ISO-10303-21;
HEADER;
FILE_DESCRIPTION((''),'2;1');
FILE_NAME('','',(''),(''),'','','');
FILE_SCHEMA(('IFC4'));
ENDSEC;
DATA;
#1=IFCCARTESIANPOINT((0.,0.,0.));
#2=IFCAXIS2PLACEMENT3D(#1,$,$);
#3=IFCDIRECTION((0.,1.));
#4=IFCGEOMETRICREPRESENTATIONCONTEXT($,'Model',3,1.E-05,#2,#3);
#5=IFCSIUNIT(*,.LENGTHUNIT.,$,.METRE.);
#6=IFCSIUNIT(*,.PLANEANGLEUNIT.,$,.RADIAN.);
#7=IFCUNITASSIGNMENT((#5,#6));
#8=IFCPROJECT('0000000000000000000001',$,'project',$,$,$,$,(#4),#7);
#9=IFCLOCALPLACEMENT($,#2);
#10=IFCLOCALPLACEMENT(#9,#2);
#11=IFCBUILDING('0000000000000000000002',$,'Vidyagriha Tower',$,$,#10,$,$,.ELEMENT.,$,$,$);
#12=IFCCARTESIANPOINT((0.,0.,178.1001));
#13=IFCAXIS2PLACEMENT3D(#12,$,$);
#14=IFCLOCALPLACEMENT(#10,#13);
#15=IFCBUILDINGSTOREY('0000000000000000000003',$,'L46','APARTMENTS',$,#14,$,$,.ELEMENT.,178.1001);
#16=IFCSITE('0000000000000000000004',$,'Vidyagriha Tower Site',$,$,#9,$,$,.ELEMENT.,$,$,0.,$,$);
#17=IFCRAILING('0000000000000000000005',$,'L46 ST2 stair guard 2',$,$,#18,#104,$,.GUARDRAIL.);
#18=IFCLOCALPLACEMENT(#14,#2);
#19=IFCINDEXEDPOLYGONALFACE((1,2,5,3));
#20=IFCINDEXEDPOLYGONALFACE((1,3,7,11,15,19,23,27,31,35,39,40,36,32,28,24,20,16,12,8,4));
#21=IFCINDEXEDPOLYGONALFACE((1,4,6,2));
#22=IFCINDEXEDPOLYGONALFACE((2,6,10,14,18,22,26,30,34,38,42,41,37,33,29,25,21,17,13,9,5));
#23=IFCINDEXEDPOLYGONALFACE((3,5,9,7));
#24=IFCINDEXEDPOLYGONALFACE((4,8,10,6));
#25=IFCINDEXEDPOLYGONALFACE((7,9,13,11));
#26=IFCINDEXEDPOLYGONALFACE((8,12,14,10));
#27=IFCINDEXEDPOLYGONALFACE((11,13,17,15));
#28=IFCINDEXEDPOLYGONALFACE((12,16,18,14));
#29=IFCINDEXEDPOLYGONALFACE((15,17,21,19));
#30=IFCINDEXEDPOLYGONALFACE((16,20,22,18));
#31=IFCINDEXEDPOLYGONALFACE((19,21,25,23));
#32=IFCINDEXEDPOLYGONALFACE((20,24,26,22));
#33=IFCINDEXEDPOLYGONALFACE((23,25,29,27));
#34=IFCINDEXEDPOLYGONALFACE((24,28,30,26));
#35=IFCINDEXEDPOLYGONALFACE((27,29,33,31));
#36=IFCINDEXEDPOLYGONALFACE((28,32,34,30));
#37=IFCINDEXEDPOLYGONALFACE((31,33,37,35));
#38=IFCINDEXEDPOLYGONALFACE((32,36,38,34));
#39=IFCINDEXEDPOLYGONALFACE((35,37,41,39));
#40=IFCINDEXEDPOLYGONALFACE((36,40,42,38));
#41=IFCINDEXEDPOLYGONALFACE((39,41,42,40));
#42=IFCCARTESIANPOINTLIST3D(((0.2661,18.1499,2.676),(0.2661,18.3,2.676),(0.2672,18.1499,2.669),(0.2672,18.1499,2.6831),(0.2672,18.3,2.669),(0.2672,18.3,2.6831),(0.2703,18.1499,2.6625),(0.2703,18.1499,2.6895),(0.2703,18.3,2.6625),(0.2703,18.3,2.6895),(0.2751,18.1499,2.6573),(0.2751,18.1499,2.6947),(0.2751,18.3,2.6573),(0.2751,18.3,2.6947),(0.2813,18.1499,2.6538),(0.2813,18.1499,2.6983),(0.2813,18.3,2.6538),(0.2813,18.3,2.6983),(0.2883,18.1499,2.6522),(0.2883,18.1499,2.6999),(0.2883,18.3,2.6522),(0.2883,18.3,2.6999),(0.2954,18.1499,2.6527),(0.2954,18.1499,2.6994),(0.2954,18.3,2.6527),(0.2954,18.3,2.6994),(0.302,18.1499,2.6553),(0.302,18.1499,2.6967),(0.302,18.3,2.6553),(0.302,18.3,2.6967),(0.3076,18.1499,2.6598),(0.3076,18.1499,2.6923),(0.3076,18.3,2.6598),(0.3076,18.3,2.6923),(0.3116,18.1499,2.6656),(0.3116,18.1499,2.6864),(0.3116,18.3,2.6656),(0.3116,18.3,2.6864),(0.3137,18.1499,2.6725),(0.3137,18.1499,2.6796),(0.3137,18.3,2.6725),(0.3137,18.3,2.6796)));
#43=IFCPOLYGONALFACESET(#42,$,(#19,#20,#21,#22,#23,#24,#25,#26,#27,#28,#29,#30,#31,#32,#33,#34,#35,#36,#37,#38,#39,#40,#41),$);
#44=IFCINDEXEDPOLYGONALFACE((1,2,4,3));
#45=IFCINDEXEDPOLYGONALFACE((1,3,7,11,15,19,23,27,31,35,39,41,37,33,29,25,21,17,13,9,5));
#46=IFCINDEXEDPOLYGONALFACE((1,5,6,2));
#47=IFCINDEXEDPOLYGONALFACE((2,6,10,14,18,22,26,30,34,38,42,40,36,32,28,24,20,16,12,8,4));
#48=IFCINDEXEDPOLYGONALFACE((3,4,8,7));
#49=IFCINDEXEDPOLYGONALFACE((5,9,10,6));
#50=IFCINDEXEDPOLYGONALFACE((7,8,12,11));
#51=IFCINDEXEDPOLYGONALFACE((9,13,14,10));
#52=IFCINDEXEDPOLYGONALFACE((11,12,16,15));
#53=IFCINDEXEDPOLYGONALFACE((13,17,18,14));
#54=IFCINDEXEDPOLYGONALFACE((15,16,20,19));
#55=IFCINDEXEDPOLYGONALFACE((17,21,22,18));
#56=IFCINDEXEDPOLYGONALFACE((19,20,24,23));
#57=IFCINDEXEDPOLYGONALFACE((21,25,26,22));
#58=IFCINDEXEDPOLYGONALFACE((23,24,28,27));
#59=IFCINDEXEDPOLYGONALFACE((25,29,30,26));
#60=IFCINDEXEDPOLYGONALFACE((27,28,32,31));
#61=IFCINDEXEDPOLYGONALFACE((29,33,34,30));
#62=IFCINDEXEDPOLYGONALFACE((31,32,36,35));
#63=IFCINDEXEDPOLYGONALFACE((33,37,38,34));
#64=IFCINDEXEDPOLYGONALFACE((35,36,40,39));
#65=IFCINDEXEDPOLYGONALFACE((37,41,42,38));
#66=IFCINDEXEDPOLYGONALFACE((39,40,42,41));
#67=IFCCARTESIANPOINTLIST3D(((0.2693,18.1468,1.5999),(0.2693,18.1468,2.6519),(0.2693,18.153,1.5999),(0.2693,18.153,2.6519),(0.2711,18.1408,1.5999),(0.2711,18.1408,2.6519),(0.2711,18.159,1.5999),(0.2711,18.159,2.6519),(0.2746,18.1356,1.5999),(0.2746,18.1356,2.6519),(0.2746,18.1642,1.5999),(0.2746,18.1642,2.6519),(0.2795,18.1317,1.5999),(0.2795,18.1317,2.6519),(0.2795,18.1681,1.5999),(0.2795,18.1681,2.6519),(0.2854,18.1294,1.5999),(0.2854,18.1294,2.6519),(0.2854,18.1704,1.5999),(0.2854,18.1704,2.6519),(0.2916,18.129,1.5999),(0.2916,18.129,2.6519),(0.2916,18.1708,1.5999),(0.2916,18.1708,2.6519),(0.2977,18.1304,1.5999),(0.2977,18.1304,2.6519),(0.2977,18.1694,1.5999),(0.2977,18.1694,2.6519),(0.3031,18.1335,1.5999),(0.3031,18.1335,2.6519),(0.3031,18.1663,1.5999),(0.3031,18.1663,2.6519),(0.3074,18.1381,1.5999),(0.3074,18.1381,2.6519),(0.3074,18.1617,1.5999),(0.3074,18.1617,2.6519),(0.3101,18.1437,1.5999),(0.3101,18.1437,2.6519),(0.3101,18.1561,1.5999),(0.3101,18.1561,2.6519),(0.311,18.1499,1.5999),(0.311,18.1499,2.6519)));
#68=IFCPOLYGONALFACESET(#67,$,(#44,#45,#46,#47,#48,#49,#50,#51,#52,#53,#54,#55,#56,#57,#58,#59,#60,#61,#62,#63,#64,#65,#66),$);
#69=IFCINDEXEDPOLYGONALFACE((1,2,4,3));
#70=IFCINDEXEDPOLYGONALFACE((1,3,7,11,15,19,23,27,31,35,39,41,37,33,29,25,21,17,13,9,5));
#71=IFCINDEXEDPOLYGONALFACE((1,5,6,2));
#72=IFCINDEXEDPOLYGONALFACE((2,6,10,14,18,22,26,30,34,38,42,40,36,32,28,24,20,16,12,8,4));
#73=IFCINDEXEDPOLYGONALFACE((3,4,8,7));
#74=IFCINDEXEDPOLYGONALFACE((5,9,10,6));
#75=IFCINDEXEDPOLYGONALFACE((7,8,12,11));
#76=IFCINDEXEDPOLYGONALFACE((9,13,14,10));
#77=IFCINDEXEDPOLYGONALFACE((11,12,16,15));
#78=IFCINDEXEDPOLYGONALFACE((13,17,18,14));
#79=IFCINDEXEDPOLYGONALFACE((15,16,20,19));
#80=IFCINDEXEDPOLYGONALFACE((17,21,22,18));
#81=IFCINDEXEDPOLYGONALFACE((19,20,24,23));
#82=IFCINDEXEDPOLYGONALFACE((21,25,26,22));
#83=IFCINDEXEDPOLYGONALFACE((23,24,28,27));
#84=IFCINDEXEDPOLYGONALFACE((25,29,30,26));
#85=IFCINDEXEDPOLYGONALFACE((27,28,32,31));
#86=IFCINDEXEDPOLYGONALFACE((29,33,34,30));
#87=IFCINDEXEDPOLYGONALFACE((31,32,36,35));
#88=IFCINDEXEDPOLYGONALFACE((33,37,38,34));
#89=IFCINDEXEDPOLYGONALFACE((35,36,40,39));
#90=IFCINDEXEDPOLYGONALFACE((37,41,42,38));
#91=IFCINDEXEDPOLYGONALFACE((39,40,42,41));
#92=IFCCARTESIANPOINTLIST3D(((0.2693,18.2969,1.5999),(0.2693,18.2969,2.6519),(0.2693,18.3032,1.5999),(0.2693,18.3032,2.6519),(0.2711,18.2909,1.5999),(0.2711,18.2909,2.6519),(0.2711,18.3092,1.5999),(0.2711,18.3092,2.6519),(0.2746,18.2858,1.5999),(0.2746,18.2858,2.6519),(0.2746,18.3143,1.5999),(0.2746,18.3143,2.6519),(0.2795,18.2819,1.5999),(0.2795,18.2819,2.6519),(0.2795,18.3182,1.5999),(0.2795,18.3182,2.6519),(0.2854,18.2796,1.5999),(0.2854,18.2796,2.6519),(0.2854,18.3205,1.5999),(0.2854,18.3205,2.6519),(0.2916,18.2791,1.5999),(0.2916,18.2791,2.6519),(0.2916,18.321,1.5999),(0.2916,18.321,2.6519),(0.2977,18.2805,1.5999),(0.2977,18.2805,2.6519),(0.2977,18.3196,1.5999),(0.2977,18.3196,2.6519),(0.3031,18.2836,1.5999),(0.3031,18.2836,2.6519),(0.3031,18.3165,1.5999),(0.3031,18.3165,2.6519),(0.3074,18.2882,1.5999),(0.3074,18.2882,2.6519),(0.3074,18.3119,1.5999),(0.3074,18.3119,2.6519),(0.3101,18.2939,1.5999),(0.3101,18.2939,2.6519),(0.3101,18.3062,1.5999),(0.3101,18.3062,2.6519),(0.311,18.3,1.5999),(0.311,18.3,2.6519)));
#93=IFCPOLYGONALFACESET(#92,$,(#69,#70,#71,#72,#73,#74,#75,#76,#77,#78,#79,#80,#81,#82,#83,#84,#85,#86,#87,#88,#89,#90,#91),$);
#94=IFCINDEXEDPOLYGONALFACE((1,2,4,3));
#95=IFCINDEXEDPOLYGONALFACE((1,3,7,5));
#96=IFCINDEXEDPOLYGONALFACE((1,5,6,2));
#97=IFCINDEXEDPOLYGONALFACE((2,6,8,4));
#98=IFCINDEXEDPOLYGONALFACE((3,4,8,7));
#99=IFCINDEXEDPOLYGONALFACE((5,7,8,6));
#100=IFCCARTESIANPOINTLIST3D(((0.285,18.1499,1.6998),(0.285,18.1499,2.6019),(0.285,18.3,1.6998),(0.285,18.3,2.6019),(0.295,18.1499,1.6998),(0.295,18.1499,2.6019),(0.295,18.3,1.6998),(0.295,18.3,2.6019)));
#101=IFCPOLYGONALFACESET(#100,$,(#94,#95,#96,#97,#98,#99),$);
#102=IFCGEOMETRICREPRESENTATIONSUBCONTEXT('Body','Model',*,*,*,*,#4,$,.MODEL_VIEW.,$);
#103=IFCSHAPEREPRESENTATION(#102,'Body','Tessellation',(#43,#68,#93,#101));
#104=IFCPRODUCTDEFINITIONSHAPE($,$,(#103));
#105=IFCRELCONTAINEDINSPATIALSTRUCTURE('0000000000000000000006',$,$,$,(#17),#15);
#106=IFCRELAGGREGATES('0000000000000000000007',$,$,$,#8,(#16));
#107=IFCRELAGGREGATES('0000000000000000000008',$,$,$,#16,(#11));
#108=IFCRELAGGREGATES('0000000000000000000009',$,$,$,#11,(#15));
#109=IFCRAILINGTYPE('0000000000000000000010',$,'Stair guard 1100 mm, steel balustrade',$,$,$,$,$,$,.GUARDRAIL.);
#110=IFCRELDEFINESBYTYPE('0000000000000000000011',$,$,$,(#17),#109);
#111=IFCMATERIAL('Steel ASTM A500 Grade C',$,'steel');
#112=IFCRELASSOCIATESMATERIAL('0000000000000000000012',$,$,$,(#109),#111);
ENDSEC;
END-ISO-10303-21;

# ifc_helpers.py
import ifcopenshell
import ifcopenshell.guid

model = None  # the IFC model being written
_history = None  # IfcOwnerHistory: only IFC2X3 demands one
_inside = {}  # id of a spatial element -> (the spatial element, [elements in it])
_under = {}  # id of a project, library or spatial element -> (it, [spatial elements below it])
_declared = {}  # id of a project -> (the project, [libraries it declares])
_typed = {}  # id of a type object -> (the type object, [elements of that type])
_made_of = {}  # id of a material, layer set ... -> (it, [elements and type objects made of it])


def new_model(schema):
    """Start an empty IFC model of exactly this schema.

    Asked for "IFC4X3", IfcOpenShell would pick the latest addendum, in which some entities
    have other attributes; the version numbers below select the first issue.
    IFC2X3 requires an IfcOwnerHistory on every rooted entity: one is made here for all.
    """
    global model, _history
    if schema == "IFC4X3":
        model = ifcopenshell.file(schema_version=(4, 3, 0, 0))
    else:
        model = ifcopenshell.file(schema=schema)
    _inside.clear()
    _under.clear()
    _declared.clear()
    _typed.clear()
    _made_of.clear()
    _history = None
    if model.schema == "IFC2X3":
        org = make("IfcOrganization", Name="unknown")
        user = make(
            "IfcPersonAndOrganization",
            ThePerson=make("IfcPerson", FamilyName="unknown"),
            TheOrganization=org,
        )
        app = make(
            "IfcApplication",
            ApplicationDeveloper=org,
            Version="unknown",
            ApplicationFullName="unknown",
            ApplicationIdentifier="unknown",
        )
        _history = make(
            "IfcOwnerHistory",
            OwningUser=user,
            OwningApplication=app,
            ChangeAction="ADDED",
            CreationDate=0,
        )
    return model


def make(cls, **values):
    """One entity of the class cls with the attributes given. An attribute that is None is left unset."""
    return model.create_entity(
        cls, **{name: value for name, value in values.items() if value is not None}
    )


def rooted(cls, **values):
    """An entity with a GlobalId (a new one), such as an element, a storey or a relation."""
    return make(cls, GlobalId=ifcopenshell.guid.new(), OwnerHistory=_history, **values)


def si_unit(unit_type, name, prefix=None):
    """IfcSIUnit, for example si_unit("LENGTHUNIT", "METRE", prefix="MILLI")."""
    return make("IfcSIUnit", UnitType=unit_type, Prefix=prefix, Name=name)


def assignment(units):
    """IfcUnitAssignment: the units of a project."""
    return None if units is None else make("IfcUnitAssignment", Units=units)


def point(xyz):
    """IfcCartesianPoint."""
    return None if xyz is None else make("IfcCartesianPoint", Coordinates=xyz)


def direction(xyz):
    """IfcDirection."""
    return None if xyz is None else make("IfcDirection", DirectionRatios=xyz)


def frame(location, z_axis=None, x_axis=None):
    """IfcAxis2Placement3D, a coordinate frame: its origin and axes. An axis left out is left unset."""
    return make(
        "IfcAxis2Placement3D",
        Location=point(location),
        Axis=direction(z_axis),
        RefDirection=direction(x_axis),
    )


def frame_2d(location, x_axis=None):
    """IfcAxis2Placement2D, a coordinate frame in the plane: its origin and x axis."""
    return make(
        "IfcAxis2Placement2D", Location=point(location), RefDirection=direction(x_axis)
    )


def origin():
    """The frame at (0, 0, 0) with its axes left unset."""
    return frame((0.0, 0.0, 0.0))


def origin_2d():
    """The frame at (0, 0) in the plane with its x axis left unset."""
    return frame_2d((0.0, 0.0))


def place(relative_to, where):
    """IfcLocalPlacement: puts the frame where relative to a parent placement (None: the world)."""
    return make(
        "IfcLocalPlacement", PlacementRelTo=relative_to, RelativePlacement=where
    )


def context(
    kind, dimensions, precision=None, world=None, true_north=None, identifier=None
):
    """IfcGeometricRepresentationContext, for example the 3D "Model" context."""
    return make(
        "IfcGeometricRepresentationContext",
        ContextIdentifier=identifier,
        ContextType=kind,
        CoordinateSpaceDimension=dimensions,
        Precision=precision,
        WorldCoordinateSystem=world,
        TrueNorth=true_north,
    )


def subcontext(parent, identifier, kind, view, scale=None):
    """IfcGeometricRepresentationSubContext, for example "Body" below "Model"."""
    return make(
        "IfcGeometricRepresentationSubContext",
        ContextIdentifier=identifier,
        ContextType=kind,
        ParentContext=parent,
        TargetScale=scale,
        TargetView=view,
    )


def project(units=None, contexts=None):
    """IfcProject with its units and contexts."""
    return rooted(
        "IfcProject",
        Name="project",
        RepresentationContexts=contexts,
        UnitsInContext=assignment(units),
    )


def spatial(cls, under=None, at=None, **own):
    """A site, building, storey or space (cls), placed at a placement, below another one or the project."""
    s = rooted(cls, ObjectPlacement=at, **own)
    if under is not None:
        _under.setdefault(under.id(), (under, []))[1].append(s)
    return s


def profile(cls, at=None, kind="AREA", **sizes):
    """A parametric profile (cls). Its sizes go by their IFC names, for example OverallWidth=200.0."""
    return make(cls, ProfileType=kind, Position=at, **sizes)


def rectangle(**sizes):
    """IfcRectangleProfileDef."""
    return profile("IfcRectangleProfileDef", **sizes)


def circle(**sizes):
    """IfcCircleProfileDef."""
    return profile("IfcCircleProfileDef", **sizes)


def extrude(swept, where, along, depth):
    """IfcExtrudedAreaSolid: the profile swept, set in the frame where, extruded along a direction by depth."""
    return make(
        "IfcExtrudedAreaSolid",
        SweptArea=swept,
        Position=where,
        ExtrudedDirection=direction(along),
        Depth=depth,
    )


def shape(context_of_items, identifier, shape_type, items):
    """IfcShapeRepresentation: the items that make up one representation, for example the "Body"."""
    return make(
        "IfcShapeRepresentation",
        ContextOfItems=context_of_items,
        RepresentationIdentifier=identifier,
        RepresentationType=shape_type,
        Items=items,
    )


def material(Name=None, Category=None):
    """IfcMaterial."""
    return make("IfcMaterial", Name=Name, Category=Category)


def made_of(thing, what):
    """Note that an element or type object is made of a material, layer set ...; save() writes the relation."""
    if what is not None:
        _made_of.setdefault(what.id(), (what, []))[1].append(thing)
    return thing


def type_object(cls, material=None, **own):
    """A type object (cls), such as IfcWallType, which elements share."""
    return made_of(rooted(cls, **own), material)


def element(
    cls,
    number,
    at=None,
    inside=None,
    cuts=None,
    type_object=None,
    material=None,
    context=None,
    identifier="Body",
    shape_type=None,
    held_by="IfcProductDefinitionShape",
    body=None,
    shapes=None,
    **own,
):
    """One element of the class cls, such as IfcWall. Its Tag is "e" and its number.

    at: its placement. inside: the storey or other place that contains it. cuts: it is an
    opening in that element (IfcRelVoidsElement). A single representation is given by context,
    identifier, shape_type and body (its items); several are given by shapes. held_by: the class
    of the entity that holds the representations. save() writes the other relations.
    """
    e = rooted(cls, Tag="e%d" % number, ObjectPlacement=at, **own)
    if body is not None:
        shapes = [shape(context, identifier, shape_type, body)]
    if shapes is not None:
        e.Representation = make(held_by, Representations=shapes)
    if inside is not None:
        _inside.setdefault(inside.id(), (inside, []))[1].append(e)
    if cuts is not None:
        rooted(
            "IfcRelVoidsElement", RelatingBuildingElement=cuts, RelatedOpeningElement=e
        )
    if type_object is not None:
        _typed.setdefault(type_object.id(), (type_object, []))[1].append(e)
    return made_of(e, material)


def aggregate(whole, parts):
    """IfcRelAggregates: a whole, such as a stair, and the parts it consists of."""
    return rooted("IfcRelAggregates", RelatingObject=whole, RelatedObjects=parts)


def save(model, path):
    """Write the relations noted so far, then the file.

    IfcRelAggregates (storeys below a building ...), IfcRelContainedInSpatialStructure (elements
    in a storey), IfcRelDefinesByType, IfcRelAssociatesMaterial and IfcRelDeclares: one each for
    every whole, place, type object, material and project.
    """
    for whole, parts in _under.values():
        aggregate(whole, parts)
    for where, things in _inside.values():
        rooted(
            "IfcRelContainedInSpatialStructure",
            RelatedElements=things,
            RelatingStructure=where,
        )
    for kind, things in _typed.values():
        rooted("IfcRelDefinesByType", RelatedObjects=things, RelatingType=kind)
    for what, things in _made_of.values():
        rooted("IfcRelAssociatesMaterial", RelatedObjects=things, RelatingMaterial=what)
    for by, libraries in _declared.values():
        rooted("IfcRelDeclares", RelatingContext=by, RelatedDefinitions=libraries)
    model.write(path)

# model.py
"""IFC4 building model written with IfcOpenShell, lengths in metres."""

from ifc_helpers import new_model, si_unit, direction, frame, origin, origin_2d, place, context, subcontext, project, spatial, rectangle, circle, extrude, material, type_object, element, save


model = new_model("IFC4")

# Units and contexts
model_context = context("Model", 3, precision=1e-05, world=origin(), true_north=direction((0.0, 1.0)))
body_context = subcontext(model_context, "Body", "Model", "MODEL_VIEW")
ifc_project = project(units=[si_unit("LENGTHUNIT", "METRE"), si_unit("PLANEANGLEUNIT", "RADIAN")], contexts=[model_context])

# Site, building, storey
site_placement = place(None, origin())
site = spatial("IfcSite", under=ifc_project, at=site_placement, Name="Vidyagriha Tower Site", CompositionType="ELEMENT", RefElevation=0.0)
building_placement = place(site_placement, origin())
building = spatial("IfcBuilding", under=site, at=building_placement, Name="Vidyagriha Tower", CompositionType="ELEMENT")
storey_placement = place(building_placement, frame((0.0, 0.0, 178.1001)))
storey = spatial("IfcBuildingStorey", under=building, at=storey_placement, Name="L46", Description="APARTMENTS", CompositionType="ELEMENT", Elevation=178.1001)

# Railing
ifc_material_1 = material(Name="Steel ASTM A500 Grade C", Category="steel")
railing_type_1 = type_object("IfcRailingType", Name="Stair guard 1100 mm, steel balustrade", PredefinedType="GUARDRAIL", material=ifc_material_1)
railing_1_placement = place(storey_placement, frame((0.29, 18.1499, 1.5999)))
element("IfcRailing", 1, at=railing_1_placement, inside=storey, type_object=railing_type_1, Name="L46 ST2 stair guard 2", PredefinedType="GUARDRAIL", context=body_context, shape_type="SweptSolid", body=[
    extrude(circle(Radius=0.0239, at=origin_2d()), frame((0.0, 0.0, 1.0762), z_axis=(0.0, 1.0, 0.0), x_axis=(-1.0, 0.0, 0.0)), (0.0, 0.0, 1.0), 0.1501),
    extrude(circle(Radius=0.021, at=origin_2d()), origin(), (0.0, 0.0, 1.0), 1.052),
    extrude(circle(Radius=0.021, at=origin_2d()), frame((0.0, 0.1501, 0.0)), (0.0, 0.0, 1.0), 1.052),
    extrude(rectangle(XDim=0.01, YDim=0.9021, at=origin_2d()), frame((0.0, 0.0, 0.551), z_axis=(0.0, 1.0, 0.0), x_axis=(-1.0, 0.0, 0.0)), (0.0, 0.0, 1.0), 0.1501),
])

save(model, "model.ifc")
